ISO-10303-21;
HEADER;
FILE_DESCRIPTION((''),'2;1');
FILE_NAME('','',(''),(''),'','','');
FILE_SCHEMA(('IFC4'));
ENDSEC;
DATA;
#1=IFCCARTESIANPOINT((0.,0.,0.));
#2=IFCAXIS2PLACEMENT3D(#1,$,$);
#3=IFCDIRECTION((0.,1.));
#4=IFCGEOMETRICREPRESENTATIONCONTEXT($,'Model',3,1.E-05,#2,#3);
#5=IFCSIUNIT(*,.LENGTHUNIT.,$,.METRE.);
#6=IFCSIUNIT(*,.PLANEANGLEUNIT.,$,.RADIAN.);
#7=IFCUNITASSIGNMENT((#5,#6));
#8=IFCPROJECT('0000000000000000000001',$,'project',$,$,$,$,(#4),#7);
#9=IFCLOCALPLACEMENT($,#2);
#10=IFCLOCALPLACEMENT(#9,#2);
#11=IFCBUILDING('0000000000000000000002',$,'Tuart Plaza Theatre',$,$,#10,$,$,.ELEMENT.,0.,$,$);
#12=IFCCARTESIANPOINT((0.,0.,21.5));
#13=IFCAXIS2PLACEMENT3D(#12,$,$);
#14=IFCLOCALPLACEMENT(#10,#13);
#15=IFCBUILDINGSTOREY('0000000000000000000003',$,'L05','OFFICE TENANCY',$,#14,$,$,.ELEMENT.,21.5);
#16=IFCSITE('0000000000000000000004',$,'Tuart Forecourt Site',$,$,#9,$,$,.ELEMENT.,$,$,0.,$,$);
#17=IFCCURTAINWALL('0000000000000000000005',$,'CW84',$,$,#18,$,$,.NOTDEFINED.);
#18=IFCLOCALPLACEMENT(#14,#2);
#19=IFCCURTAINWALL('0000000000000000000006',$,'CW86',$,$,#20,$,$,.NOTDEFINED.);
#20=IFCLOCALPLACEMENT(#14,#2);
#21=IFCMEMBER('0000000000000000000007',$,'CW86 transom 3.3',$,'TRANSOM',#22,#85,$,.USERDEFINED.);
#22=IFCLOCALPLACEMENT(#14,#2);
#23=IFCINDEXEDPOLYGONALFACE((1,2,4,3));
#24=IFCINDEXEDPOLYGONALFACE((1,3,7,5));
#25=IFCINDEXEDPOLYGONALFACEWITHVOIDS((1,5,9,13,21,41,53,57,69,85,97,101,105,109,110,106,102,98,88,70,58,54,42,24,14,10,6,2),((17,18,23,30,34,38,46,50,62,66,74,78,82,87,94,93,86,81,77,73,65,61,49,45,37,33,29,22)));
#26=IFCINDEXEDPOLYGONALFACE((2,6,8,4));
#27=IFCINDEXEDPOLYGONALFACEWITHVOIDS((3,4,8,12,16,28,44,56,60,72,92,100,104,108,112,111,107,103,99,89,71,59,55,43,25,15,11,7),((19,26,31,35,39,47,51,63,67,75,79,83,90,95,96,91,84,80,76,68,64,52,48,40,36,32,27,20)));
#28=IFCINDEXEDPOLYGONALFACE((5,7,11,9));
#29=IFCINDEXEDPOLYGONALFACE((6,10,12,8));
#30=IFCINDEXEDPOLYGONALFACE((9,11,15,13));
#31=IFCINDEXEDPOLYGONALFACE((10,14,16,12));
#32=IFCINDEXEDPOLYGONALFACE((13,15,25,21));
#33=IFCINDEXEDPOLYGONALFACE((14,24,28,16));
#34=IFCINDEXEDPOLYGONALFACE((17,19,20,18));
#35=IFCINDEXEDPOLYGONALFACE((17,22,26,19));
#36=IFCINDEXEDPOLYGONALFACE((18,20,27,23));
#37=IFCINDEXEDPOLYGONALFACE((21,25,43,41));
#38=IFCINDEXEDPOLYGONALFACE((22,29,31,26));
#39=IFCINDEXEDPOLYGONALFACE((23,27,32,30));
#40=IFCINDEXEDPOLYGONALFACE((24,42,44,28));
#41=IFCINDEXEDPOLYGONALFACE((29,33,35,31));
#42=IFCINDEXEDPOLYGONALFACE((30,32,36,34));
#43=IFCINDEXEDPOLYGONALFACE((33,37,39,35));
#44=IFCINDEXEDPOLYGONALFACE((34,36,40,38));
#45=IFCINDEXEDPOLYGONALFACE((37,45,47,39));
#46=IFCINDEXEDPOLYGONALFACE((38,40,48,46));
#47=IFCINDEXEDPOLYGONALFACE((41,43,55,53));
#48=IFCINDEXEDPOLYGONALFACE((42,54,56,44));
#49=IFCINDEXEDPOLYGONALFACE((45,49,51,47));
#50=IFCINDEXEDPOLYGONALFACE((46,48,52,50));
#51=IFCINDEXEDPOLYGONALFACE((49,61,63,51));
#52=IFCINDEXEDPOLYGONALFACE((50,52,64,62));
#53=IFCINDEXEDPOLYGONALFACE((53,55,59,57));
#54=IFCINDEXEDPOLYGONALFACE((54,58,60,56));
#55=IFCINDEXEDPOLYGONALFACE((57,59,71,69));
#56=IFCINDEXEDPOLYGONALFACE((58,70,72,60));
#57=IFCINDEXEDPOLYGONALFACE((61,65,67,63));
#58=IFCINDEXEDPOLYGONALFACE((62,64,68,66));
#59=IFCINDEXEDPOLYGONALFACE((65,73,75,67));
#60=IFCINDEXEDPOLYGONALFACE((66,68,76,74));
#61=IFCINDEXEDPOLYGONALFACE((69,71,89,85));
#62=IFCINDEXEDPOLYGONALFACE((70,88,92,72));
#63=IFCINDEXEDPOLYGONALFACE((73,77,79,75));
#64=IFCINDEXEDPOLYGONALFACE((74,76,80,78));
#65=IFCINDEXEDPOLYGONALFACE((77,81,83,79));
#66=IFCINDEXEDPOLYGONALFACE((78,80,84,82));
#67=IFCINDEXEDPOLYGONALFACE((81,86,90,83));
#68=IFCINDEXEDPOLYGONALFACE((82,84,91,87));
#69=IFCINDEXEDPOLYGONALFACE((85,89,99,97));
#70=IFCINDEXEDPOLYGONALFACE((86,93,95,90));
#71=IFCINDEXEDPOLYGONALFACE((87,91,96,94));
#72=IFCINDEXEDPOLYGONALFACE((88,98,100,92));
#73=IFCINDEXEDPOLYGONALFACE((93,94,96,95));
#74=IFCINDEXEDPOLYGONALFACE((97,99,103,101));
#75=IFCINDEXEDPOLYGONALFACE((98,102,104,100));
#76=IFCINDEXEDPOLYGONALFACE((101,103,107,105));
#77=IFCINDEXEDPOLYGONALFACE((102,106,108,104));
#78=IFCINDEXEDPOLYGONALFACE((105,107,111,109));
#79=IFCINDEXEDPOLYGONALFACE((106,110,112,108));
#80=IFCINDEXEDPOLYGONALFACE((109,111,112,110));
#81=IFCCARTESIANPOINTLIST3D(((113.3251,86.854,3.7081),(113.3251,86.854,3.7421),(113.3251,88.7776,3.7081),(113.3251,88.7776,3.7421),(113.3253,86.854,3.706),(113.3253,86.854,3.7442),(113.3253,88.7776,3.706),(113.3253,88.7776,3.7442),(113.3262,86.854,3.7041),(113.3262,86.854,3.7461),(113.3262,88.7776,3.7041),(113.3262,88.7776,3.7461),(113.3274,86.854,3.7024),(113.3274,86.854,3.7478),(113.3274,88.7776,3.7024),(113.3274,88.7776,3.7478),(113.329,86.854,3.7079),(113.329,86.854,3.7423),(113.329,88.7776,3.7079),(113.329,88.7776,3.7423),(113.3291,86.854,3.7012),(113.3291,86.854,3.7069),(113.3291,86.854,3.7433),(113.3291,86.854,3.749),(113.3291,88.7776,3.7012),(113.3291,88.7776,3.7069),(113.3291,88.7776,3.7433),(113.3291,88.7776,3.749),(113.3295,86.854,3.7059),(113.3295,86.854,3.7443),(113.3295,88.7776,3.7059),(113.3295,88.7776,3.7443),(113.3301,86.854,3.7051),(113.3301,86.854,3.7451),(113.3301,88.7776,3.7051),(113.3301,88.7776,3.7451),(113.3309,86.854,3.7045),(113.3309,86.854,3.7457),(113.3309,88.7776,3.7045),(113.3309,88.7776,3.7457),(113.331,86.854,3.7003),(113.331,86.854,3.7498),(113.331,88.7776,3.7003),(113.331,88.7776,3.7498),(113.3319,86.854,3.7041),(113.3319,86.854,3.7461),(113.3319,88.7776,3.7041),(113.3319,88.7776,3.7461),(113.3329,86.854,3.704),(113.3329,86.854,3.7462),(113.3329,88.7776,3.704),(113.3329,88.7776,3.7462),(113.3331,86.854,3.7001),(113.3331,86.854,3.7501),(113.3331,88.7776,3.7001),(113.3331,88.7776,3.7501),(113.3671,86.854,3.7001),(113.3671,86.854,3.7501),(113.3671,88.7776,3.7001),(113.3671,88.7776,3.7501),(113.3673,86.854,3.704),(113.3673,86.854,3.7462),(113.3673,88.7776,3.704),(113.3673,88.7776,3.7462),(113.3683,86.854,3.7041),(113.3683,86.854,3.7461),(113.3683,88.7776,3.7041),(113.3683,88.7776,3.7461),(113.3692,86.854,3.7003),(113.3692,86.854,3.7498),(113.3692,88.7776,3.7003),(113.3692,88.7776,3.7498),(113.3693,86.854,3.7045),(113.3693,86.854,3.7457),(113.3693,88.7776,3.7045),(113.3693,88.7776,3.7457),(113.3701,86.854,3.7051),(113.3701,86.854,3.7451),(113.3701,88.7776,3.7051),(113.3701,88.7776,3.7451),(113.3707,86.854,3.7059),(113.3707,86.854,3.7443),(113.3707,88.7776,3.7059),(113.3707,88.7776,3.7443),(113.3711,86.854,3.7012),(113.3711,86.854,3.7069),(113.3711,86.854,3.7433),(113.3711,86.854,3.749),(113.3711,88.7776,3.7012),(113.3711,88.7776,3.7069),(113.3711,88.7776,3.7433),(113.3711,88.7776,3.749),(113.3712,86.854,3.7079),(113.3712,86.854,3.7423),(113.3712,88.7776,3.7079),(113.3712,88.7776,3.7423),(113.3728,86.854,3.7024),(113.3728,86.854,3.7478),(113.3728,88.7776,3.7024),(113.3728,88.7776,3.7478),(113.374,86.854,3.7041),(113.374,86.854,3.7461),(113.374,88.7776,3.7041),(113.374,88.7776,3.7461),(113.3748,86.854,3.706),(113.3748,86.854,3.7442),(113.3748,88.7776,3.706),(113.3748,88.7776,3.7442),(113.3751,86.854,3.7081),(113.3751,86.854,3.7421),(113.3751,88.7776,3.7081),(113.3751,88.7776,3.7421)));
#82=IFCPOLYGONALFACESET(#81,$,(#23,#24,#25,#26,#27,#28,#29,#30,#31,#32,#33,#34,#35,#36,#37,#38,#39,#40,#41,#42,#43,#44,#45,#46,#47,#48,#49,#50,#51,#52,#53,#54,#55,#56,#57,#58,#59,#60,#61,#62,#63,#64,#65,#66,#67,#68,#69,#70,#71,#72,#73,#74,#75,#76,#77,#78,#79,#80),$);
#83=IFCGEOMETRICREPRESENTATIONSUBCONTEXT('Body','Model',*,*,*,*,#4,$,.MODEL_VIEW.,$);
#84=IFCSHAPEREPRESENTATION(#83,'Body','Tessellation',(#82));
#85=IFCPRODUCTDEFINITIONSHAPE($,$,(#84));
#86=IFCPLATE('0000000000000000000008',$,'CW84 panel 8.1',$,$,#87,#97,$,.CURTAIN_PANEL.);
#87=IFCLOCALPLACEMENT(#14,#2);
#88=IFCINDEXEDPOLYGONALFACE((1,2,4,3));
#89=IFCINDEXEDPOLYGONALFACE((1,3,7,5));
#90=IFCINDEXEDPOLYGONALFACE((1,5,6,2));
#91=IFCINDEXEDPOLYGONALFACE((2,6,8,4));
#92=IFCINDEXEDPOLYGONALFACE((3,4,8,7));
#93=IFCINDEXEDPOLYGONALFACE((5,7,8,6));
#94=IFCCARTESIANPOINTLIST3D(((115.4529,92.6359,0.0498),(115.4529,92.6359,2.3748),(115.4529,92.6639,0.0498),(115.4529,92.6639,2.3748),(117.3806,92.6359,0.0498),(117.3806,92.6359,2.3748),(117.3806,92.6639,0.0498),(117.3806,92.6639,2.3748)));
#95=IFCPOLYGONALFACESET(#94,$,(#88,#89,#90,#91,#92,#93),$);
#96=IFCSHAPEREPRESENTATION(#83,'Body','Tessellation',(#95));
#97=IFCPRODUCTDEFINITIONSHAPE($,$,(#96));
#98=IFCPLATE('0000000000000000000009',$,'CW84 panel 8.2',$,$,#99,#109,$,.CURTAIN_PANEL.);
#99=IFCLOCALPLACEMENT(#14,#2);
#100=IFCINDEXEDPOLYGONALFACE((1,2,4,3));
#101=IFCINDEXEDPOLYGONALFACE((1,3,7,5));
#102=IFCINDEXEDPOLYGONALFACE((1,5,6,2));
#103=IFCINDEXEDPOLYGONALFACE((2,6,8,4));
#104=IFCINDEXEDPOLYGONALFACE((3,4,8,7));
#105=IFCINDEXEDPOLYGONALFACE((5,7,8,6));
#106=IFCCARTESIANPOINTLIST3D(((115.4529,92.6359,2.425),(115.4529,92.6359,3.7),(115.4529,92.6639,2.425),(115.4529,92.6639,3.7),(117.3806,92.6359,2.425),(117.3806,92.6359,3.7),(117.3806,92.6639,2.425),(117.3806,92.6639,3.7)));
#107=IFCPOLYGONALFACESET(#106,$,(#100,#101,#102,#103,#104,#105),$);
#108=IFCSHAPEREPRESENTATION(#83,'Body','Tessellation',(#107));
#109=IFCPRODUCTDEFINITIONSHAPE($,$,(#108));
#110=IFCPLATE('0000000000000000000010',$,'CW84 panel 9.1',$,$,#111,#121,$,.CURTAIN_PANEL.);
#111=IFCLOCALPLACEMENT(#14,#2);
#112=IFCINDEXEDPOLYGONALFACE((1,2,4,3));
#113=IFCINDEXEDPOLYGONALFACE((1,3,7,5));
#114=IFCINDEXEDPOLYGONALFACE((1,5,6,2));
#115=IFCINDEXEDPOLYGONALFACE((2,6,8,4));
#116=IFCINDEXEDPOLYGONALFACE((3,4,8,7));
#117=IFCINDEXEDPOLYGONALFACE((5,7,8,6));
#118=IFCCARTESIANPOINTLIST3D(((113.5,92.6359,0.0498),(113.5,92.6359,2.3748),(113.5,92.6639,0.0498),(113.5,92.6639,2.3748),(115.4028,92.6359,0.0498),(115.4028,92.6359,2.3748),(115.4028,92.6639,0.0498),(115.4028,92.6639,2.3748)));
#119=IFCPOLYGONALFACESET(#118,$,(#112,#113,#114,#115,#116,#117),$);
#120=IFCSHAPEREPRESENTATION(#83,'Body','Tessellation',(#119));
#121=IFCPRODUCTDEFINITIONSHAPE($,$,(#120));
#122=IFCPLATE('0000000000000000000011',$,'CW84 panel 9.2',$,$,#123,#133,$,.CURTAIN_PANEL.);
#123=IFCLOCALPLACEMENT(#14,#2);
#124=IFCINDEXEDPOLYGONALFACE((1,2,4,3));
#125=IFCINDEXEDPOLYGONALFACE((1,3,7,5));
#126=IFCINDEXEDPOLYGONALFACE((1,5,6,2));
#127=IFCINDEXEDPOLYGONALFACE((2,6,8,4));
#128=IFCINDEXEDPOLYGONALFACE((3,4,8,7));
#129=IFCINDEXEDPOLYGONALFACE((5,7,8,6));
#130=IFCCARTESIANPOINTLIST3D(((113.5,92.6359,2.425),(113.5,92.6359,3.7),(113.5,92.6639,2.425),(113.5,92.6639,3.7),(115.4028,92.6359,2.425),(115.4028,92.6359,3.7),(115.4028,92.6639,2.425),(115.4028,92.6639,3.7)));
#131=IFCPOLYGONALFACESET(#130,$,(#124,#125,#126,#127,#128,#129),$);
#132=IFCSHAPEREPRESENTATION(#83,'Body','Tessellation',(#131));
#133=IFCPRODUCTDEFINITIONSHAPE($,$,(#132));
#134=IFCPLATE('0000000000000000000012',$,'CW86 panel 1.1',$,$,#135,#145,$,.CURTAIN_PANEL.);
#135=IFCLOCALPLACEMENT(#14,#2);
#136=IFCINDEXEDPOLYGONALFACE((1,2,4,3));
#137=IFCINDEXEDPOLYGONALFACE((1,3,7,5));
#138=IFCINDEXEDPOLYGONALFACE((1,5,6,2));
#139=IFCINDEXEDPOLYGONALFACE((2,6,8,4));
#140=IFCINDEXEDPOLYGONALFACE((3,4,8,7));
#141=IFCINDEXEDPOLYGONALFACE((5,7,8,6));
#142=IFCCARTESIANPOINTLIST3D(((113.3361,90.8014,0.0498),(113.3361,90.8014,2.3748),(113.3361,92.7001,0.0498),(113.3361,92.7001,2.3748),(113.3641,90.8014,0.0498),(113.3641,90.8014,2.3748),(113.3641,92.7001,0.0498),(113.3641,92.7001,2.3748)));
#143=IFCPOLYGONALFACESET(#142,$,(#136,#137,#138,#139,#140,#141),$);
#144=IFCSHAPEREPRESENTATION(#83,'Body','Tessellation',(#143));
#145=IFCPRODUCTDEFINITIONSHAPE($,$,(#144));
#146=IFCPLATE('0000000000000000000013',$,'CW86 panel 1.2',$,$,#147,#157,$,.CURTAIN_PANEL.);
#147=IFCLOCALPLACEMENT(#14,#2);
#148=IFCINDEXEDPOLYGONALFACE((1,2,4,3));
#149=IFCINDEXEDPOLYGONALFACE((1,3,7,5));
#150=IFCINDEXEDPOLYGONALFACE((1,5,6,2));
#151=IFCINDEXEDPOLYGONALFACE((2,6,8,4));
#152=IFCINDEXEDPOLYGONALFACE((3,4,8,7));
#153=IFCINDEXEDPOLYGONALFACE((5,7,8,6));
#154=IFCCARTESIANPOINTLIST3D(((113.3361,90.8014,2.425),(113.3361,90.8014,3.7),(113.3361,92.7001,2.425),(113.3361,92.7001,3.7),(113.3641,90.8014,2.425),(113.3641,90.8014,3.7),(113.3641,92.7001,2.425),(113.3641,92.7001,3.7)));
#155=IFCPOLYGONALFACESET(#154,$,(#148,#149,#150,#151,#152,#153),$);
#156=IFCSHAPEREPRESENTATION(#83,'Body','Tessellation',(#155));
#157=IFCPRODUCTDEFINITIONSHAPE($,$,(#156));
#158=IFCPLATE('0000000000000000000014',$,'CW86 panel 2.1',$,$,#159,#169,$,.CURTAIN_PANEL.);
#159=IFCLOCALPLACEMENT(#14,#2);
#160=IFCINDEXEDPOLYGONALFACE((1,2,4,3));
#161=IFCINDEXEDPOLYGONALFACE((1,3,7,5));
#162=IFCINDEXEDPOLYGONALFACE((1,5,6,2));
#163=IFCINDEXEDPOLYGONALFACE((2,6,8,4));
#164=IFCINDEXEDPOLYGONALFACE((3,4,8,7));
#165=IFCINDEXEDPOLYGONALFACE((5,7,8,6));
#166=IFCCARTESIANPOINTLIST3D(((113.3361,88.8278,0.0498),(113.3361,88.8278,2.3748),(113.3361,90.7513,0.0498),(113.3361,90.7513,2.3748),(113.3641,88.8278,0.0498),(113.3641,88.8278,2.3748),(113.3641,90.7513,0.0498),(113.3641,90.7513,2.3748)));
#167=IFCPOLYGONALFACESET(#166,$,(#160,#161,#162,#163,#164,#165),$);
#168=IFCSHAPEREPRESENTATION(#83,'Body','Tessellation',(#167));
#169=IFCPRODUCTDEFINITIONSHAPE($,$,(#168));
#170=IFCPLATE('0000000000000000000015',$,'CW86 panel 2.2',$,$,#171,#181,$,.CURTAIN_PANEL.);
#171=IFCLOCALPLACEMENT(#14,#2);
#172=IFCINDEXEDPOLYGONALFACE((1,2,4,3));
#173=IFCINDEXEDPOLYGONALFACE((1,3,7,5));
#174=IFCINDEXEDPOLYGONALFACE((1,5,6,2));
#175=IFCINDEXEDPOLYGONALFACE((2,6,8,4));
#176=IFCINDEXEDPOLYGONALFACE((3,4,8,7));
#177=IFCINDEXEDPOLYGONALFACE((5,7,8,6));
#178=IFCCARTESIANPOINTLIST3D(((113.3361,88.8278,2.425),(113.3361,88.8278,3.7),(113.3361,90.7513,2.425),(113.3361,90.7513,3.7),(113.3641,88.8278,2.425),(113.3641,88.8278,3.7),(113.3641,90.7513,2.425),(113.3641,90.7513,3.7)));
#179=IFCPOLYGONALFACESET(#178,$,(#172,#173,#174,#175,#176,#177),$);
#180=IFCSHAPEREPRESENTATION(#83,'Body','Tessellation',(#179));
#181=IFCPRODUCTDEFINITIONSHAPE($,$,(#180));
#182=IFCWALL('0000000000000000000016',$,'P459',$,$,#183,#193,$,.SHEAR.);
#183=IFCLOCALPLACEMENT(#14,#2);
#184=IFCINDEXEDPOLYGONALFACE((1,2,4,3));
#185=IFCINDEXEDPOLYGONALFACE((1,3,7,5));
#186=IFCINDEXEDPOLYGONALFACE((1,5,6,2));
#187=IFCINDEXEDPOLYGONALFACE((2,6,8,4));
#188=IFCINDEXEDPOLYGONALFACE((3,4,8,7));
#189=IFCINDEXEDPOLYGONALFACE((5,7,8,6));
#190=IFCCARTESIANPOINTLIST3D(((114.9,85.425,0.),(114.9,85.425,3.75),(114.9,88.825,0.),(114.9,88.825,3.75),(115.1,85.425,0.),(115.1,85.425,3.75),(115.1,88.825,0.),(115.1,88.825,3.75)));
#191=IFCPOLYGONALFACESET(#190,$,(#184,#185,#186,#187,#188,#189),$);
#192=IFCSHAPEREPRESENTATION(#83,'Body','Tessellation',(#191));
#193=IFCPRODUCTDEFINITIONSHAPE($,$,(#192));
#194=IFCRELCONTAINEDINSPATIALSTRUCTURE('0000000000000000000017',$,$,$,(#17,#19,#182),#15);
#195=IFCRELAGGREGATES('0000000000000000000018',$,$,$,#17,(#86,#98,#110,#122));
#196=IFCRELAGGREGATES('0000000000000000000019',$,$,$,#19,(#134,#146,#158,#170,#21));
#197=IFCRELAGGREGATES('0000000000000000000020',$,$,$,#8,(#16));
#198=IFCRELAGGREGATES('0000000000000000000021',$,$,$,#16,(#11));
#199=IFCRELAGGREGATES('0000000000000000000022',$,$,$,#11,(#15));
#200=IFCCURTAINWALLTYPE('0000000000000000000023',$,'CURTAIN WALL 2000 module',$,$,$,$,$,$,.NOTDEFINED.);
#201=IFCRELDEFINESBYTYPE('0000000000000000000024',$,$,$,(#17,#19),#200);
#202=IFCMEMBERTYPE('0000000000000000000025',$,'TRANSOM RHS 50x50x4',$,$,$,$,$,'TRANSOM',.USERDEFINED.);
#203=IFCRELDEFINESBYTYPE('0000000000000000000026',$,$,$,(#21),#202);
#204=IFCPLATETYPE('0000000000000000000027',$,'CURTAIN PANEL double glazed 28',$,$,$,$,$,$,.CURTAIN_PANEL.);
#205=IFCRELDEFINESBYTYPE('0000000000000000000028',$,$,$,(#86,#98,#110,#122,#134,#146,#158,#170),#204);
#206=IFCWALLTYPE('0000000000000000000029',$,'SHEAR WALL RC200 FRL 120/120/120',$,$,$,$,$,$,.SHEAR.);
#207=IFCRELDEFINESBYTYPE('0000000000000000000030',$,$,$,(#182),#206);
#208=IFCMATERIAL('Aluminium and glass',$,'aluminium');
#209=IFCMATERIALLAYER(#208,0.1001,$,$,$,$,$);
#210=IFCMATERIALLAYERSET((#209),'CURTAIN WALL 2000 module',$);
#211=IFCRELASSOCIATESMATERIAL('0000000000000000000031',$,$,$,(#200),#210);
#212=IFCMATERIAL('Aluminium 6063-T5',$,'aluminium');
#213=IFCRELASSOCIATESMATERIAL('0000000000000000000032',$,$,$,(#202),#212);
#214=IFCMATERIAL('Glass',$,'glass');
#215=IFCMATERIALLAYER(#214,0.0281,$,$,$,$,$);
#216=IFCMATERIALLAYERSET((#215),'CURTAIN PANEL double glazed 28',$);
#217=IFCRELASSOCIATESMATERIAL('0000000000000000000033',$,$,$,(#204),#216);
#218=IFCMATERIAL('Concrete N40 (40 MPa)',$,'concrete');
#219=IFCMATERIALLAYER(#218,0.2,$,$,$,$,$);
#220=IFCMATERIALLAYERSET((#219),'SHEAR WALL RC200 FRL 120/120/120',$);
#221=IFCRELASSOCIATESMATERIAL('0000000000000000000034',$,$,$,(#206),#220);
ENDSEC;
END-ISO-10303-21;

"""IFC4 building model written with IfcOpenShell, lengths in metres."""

from ifc_helpers import new_model, si_unit, direction, frame, frame_2d, origin, origin_2d, place, context, subcontext, project, spatial, rectangle, hollow_rectangle, extrude, material, layer, layer_set, material_profile, profile_set, type_object, element, aggregate, save


model = new_model("IFC4")

# Units and contexts
model_context = context("Model", 3, precision=1e-05, world=origin(), true_north=direction((0.0, 1.0)))
body_context = subcontext(model_context, "Body", "Model", "MODEL_VIEW")
ifc_project = project(units=[si_unit("LENGTHUNIT", "METRE"), si_unit("PLANEANGLEUNIT", "RADIAN")], contexts=[model_context])

# Site, building, storey
site_placement = place(None, origin())
site = spatial("IfcSite", under=ifc_project, at=site_placement, Name="Tuart Forecourt Site", CompositionType="ELEMENT", RefElevation=0.0)
building_placement = place(site_placement, origin())
building = spatial("IfcBuilding", under=site, at=building_placement, Name="Tuart Plaza Theatre", CompositionType="ELEMENT", ElevationOfRefHeight=0.0)
storey_placement = place(building_placement, frame((0.0, 0.0, 21.5)))
storey = spatial("IfcBuildingStorey", under=building, at=storey_placement, Name="L05", Description="OFFICE TENANCY", CompositionType="ELEMENT", Elevation=21.5)

# Curtain wall
ifc_material_1 = material(Name="Aluminium and glass", Category="aluminium")
ifc_layer_1 = layer(ifc_material_1, 0.1001)
ifc_layer_set_1 = layer_set([ifc_layer_1], Name="CURTAIN WALL 2000 module")
curtain_wall_type = type_object("IfcCurtainWallType", Name="CURTAIN WALL 2000 module", PredefinedType="NOTDEFINED", material=ifc_layer_set_1)
curtain_wall_1_placement = place(storey_placement, origin())
curtain_wall_1 = element("IfcCurtainWall", 1, at=curtain_wall_1_placement, inside=storey, type_object=curtain_wall_type, Name="CW84", PredefinedType="NOTDEFINED")

# Curtain wall
curtain_wall_2_placement = place(storey_placement, origin())
curtain_wall_2 = element("IfcCurtainWall", 2, at=curtain_wall_2_placement, inside=storey, type_object=curtain_wall_type, Name="CW86", PredefinedType="NOTDEFINED")

# Member
ifc_material_2 = material(Name="Aluminium 6063-T5", Category="aluminium")
ifc_material_profile_1 = material_profile(ifc_material_2, hollow_rectangle(XDim=0.05, YDim=0.05, WallThickness=0.0039, InnerFilletRadius=0.0039, OuterFilletRadius=0.0081, at=origin_2d()), Name="RHS 50x50x4")
ifc_profile_set_1 = profile_set([ifc_material_profile_1], Name="Aluminium 6063-T5")
member_type_1 = type_object("IfcMemberType", Name="TRANSOM RHS 50x50x4", ElementType="TRANSOM", PredefinedType="USERDEFINED", material=ifc_profile_set_1)
member_1_placement = place(storey_placement, frame((113.3501, 88.7776, 3.7251), z_axis=(0.0, -1.0, 0.0), x_axis=(1.0, 0.0, 0.0)))
member_1 = element("IfcMember", 3, at=member_1_placement, type_object=member_type_1, Name="CW86 transom 3.3", ObjectType="TRANSOM", PredefinedType="USERDEFINED", context=body_context, shape_type="SweptSolid", body=[
    extrude(hollow_rectangle(XDim=0.05, YDim=0.05, WallThickness=0.0039, InnerFilletRadius=0.0039, OuterFilletRadius=0.0081, at=origin_2d()), origin(), (0.0, 0.0, 1.0), 1.9236),
])

# Plates
ifc_material_3 = material(Name="Glass", Category="glass")
ifc_layer_2 = layer(ifc_material_3, 0.0281)
ifc_layer_set_2 = layer_set([ifc_layer_2], Name="CURTAIN PANEL double glazed 28")
plate_type = type_object("IfcPlateType", Name="CURTAIN PANEL double glazed 28", PredefinedType="CURTAIN_PANEL", material=ifc_layer_set_2)
plate_1_placement = place(storey_placement, frame((116.4167, 92.6499, 0.0498), z_axis=(0.0, 0.0, 1.0), x_axis=(-1.0, 0.0, 0.0)))
plate_1 = element("IfcPlate", 4, at=plate_1_placement, type_object=plate_type, Name="CW84 panel 8.1", PredefinedType="CURTAIN_PANEL", context=body_context, shape_type="SweptSolid", body=[
    extrude(rectangle(XDim=1.9277, YDim=0.0281, at=origin_2d()), origin(), (0.0, 0.0, 1.0), 2.325),
])
plate_2_placement = place(storey_placement, frame((116.4167, 92.6499, 2.425), z_axis=(0.0, 0.0, 1.0), x_axis=(-1.0, 0.0, 0.0)))
plate_2 = element("IfcPlate", 5, at=plate_2_placement, type_object=plate_type, Name="CW84 panel 8.2", PredefinedType="CURTAIN_PANEL", context=body_context, shape_type="SweptSolid", body=[
    extrude(rectangle(XDim=1.9277, YDim=0.0281, at=origin_2d()), origin(), (0.0, 0.0, 1.0), 1.2749),
])
plate_3_placement = place(storey_placement, frame((114.4514, 92.6499, 0.0498), z_axis=(0.0, 0.0, 1.0), x_axis=(-1.0, 0.0, 0.0)))
plate_3 = element("IfcPlate", 6, at=plate_3_placement, type_object=plate_type, Name="CW84 panel 9.1", PredefinedType="CURTAIN_PANEL", context=body_context, shape_type="SweptSolid", body=[
    extrude(rectangle(XDim=1.9028, YDim=0.0281, at=origin_2d()), origin(), (0.0, 0.0, 1.0), 2.325),
])
plate_4_placement = place(storey_placement, frame((114.4514, 92.6499, 2.425), z_axis=(0.0, 0.0, 1.0), x_axis=(-1.0, 0.0, 0.0)))
plate_4 = element("IfcPlate", 7, at=plate_4_placement, type_object=plate_type, Name="CW84 panel 9.2", PredefinedType="CURTAIN_PANEL", context=body_context, shape_type="SweptSolid", body=[
    extrude(rectangle(XDim=1.9028, YDim=0.0281, at=origin_2d()), origin(), (0.0, 0.0, 1.0), 1.2749),
])
aggregate(curtain_wall_1, [plate_1, plate_2, plate_3, plate_4])
plate_5_placement = place(storey_placement, frame((113.3501, 91.7507, 0.0498), z_axis=(0.0, 0.0, 1.0), x_axis=(0.0, -1.0, 0.0)))
plate_5 = element("IfcPlate", 8, at=plate_5_placement, type_object=plate_type, Name="CW86 panel 1.1", PredefinedType="CURTAIN_PANEL", context=body_context, shape_type="SweptSolid", body=[
    extrude(rectangle(XDim=1.8987, YDim=0.0281, at=origin_2d()), origin(), (0.0, 0.0, 1.0), 2.325),
])
plate_6_placement = place(storey_placement, frame((113.3501, 91.7507, 2.425), z_axis=(0.0, 0.0, 1.0), x_axis=(0.0, -1.0, 0.0)))
plate_6 = element("IfcPlate", 9, at=plate_6_placement, type_object=plate_type, Name="CW86 panel 1.2", PredefinedType="CURTAIN_PANEL", context=body_context, shape_type="SweptSolid", body=[
    extrude(rectangle(XDim=1.8987, YDim=0.0281, at=origin_2d()), origin(), (0.0, 0.0, 1.0), 1.2749),
])
plate_7_placement = place(storey_placement, frame((113.3501, 89.7896, 0.0498), z_axis=(0.0, 0.0, 1.0), x_axis=(0.0, -1.0, 0.0)))
plate_7 = element("IfcPlate", 10, at=plate_7_placement, type_object=plate_type, Name="CW86 panel 2.1", PredefinedType="CURTAIN_PANEL", context=body_context, shape_type="SweptSolid", body=[
    extrude(rectangle(XDim=1.9236, YDim=0.0281, at=origin_2d()), origin(), (0.0, 0.0, 1.0), 2.325),
])
plate_8_placement = place(storey_placement, frame((113.3501, 89.7896, 2.425), z_axis=(0.0, 0.0, 1.0), x_axis=(0.0, -1.0, 0.0)))
plate_8 = element("IfcPlate", 11, at=plate_8_placement, type_object=plate_type, Name="CW86 panel 2.2", PredefinedType="CURTAIN_PANEL", context=body_context, shape_type="SweptSolid", body=[
    extrude(rectangle(XDim=1.9236, YDim=0.0281, at=origin_2d()), origin(), (0.0, 0.0, 1.0), 1.2749),
])
aggregate(curtain_wall_2, [plate_5, plate_6, plate_7, plate_8, member_1])

# Wall
ifc_material_4 = material(Name="Concrete N40 (40 MPa)", Category="concrete")
ifc_layer_3 = layer(ifc_material_4, 0.2)
ifc_layer_set_3 = layer_set([ifc_layer_3], Name="SHEAR WALL RC200 FRL 120/120/120")
wall_type = type_object("IfcWallType", Name="SHEAR WALL RC200 FRL 120/120/120", PredefinedType="SHEAR", material=ifc_layer_set_3)
wall_placement = place(storey_placement, frame((115.0, 88.825, 0.0), z_axis=(0.0, 0.0, 1.0), x_axis=(0.0, -1.0, 0.0)))
element("IfcWall", 12, at=wall_placement, inside=storey, type_object=wall_type, Name="P459", PredefinedType="SHEAR", context=body_context, shape_type="SweptSolid", body=[
    extrude(rectangle(XDim=3.3999, YDim=0.2, at=frame_2d((1.7, 0.0))), origin(), (0.0, 0.0, 1.0), 3.75),
])

save(model, "model.ifc")
